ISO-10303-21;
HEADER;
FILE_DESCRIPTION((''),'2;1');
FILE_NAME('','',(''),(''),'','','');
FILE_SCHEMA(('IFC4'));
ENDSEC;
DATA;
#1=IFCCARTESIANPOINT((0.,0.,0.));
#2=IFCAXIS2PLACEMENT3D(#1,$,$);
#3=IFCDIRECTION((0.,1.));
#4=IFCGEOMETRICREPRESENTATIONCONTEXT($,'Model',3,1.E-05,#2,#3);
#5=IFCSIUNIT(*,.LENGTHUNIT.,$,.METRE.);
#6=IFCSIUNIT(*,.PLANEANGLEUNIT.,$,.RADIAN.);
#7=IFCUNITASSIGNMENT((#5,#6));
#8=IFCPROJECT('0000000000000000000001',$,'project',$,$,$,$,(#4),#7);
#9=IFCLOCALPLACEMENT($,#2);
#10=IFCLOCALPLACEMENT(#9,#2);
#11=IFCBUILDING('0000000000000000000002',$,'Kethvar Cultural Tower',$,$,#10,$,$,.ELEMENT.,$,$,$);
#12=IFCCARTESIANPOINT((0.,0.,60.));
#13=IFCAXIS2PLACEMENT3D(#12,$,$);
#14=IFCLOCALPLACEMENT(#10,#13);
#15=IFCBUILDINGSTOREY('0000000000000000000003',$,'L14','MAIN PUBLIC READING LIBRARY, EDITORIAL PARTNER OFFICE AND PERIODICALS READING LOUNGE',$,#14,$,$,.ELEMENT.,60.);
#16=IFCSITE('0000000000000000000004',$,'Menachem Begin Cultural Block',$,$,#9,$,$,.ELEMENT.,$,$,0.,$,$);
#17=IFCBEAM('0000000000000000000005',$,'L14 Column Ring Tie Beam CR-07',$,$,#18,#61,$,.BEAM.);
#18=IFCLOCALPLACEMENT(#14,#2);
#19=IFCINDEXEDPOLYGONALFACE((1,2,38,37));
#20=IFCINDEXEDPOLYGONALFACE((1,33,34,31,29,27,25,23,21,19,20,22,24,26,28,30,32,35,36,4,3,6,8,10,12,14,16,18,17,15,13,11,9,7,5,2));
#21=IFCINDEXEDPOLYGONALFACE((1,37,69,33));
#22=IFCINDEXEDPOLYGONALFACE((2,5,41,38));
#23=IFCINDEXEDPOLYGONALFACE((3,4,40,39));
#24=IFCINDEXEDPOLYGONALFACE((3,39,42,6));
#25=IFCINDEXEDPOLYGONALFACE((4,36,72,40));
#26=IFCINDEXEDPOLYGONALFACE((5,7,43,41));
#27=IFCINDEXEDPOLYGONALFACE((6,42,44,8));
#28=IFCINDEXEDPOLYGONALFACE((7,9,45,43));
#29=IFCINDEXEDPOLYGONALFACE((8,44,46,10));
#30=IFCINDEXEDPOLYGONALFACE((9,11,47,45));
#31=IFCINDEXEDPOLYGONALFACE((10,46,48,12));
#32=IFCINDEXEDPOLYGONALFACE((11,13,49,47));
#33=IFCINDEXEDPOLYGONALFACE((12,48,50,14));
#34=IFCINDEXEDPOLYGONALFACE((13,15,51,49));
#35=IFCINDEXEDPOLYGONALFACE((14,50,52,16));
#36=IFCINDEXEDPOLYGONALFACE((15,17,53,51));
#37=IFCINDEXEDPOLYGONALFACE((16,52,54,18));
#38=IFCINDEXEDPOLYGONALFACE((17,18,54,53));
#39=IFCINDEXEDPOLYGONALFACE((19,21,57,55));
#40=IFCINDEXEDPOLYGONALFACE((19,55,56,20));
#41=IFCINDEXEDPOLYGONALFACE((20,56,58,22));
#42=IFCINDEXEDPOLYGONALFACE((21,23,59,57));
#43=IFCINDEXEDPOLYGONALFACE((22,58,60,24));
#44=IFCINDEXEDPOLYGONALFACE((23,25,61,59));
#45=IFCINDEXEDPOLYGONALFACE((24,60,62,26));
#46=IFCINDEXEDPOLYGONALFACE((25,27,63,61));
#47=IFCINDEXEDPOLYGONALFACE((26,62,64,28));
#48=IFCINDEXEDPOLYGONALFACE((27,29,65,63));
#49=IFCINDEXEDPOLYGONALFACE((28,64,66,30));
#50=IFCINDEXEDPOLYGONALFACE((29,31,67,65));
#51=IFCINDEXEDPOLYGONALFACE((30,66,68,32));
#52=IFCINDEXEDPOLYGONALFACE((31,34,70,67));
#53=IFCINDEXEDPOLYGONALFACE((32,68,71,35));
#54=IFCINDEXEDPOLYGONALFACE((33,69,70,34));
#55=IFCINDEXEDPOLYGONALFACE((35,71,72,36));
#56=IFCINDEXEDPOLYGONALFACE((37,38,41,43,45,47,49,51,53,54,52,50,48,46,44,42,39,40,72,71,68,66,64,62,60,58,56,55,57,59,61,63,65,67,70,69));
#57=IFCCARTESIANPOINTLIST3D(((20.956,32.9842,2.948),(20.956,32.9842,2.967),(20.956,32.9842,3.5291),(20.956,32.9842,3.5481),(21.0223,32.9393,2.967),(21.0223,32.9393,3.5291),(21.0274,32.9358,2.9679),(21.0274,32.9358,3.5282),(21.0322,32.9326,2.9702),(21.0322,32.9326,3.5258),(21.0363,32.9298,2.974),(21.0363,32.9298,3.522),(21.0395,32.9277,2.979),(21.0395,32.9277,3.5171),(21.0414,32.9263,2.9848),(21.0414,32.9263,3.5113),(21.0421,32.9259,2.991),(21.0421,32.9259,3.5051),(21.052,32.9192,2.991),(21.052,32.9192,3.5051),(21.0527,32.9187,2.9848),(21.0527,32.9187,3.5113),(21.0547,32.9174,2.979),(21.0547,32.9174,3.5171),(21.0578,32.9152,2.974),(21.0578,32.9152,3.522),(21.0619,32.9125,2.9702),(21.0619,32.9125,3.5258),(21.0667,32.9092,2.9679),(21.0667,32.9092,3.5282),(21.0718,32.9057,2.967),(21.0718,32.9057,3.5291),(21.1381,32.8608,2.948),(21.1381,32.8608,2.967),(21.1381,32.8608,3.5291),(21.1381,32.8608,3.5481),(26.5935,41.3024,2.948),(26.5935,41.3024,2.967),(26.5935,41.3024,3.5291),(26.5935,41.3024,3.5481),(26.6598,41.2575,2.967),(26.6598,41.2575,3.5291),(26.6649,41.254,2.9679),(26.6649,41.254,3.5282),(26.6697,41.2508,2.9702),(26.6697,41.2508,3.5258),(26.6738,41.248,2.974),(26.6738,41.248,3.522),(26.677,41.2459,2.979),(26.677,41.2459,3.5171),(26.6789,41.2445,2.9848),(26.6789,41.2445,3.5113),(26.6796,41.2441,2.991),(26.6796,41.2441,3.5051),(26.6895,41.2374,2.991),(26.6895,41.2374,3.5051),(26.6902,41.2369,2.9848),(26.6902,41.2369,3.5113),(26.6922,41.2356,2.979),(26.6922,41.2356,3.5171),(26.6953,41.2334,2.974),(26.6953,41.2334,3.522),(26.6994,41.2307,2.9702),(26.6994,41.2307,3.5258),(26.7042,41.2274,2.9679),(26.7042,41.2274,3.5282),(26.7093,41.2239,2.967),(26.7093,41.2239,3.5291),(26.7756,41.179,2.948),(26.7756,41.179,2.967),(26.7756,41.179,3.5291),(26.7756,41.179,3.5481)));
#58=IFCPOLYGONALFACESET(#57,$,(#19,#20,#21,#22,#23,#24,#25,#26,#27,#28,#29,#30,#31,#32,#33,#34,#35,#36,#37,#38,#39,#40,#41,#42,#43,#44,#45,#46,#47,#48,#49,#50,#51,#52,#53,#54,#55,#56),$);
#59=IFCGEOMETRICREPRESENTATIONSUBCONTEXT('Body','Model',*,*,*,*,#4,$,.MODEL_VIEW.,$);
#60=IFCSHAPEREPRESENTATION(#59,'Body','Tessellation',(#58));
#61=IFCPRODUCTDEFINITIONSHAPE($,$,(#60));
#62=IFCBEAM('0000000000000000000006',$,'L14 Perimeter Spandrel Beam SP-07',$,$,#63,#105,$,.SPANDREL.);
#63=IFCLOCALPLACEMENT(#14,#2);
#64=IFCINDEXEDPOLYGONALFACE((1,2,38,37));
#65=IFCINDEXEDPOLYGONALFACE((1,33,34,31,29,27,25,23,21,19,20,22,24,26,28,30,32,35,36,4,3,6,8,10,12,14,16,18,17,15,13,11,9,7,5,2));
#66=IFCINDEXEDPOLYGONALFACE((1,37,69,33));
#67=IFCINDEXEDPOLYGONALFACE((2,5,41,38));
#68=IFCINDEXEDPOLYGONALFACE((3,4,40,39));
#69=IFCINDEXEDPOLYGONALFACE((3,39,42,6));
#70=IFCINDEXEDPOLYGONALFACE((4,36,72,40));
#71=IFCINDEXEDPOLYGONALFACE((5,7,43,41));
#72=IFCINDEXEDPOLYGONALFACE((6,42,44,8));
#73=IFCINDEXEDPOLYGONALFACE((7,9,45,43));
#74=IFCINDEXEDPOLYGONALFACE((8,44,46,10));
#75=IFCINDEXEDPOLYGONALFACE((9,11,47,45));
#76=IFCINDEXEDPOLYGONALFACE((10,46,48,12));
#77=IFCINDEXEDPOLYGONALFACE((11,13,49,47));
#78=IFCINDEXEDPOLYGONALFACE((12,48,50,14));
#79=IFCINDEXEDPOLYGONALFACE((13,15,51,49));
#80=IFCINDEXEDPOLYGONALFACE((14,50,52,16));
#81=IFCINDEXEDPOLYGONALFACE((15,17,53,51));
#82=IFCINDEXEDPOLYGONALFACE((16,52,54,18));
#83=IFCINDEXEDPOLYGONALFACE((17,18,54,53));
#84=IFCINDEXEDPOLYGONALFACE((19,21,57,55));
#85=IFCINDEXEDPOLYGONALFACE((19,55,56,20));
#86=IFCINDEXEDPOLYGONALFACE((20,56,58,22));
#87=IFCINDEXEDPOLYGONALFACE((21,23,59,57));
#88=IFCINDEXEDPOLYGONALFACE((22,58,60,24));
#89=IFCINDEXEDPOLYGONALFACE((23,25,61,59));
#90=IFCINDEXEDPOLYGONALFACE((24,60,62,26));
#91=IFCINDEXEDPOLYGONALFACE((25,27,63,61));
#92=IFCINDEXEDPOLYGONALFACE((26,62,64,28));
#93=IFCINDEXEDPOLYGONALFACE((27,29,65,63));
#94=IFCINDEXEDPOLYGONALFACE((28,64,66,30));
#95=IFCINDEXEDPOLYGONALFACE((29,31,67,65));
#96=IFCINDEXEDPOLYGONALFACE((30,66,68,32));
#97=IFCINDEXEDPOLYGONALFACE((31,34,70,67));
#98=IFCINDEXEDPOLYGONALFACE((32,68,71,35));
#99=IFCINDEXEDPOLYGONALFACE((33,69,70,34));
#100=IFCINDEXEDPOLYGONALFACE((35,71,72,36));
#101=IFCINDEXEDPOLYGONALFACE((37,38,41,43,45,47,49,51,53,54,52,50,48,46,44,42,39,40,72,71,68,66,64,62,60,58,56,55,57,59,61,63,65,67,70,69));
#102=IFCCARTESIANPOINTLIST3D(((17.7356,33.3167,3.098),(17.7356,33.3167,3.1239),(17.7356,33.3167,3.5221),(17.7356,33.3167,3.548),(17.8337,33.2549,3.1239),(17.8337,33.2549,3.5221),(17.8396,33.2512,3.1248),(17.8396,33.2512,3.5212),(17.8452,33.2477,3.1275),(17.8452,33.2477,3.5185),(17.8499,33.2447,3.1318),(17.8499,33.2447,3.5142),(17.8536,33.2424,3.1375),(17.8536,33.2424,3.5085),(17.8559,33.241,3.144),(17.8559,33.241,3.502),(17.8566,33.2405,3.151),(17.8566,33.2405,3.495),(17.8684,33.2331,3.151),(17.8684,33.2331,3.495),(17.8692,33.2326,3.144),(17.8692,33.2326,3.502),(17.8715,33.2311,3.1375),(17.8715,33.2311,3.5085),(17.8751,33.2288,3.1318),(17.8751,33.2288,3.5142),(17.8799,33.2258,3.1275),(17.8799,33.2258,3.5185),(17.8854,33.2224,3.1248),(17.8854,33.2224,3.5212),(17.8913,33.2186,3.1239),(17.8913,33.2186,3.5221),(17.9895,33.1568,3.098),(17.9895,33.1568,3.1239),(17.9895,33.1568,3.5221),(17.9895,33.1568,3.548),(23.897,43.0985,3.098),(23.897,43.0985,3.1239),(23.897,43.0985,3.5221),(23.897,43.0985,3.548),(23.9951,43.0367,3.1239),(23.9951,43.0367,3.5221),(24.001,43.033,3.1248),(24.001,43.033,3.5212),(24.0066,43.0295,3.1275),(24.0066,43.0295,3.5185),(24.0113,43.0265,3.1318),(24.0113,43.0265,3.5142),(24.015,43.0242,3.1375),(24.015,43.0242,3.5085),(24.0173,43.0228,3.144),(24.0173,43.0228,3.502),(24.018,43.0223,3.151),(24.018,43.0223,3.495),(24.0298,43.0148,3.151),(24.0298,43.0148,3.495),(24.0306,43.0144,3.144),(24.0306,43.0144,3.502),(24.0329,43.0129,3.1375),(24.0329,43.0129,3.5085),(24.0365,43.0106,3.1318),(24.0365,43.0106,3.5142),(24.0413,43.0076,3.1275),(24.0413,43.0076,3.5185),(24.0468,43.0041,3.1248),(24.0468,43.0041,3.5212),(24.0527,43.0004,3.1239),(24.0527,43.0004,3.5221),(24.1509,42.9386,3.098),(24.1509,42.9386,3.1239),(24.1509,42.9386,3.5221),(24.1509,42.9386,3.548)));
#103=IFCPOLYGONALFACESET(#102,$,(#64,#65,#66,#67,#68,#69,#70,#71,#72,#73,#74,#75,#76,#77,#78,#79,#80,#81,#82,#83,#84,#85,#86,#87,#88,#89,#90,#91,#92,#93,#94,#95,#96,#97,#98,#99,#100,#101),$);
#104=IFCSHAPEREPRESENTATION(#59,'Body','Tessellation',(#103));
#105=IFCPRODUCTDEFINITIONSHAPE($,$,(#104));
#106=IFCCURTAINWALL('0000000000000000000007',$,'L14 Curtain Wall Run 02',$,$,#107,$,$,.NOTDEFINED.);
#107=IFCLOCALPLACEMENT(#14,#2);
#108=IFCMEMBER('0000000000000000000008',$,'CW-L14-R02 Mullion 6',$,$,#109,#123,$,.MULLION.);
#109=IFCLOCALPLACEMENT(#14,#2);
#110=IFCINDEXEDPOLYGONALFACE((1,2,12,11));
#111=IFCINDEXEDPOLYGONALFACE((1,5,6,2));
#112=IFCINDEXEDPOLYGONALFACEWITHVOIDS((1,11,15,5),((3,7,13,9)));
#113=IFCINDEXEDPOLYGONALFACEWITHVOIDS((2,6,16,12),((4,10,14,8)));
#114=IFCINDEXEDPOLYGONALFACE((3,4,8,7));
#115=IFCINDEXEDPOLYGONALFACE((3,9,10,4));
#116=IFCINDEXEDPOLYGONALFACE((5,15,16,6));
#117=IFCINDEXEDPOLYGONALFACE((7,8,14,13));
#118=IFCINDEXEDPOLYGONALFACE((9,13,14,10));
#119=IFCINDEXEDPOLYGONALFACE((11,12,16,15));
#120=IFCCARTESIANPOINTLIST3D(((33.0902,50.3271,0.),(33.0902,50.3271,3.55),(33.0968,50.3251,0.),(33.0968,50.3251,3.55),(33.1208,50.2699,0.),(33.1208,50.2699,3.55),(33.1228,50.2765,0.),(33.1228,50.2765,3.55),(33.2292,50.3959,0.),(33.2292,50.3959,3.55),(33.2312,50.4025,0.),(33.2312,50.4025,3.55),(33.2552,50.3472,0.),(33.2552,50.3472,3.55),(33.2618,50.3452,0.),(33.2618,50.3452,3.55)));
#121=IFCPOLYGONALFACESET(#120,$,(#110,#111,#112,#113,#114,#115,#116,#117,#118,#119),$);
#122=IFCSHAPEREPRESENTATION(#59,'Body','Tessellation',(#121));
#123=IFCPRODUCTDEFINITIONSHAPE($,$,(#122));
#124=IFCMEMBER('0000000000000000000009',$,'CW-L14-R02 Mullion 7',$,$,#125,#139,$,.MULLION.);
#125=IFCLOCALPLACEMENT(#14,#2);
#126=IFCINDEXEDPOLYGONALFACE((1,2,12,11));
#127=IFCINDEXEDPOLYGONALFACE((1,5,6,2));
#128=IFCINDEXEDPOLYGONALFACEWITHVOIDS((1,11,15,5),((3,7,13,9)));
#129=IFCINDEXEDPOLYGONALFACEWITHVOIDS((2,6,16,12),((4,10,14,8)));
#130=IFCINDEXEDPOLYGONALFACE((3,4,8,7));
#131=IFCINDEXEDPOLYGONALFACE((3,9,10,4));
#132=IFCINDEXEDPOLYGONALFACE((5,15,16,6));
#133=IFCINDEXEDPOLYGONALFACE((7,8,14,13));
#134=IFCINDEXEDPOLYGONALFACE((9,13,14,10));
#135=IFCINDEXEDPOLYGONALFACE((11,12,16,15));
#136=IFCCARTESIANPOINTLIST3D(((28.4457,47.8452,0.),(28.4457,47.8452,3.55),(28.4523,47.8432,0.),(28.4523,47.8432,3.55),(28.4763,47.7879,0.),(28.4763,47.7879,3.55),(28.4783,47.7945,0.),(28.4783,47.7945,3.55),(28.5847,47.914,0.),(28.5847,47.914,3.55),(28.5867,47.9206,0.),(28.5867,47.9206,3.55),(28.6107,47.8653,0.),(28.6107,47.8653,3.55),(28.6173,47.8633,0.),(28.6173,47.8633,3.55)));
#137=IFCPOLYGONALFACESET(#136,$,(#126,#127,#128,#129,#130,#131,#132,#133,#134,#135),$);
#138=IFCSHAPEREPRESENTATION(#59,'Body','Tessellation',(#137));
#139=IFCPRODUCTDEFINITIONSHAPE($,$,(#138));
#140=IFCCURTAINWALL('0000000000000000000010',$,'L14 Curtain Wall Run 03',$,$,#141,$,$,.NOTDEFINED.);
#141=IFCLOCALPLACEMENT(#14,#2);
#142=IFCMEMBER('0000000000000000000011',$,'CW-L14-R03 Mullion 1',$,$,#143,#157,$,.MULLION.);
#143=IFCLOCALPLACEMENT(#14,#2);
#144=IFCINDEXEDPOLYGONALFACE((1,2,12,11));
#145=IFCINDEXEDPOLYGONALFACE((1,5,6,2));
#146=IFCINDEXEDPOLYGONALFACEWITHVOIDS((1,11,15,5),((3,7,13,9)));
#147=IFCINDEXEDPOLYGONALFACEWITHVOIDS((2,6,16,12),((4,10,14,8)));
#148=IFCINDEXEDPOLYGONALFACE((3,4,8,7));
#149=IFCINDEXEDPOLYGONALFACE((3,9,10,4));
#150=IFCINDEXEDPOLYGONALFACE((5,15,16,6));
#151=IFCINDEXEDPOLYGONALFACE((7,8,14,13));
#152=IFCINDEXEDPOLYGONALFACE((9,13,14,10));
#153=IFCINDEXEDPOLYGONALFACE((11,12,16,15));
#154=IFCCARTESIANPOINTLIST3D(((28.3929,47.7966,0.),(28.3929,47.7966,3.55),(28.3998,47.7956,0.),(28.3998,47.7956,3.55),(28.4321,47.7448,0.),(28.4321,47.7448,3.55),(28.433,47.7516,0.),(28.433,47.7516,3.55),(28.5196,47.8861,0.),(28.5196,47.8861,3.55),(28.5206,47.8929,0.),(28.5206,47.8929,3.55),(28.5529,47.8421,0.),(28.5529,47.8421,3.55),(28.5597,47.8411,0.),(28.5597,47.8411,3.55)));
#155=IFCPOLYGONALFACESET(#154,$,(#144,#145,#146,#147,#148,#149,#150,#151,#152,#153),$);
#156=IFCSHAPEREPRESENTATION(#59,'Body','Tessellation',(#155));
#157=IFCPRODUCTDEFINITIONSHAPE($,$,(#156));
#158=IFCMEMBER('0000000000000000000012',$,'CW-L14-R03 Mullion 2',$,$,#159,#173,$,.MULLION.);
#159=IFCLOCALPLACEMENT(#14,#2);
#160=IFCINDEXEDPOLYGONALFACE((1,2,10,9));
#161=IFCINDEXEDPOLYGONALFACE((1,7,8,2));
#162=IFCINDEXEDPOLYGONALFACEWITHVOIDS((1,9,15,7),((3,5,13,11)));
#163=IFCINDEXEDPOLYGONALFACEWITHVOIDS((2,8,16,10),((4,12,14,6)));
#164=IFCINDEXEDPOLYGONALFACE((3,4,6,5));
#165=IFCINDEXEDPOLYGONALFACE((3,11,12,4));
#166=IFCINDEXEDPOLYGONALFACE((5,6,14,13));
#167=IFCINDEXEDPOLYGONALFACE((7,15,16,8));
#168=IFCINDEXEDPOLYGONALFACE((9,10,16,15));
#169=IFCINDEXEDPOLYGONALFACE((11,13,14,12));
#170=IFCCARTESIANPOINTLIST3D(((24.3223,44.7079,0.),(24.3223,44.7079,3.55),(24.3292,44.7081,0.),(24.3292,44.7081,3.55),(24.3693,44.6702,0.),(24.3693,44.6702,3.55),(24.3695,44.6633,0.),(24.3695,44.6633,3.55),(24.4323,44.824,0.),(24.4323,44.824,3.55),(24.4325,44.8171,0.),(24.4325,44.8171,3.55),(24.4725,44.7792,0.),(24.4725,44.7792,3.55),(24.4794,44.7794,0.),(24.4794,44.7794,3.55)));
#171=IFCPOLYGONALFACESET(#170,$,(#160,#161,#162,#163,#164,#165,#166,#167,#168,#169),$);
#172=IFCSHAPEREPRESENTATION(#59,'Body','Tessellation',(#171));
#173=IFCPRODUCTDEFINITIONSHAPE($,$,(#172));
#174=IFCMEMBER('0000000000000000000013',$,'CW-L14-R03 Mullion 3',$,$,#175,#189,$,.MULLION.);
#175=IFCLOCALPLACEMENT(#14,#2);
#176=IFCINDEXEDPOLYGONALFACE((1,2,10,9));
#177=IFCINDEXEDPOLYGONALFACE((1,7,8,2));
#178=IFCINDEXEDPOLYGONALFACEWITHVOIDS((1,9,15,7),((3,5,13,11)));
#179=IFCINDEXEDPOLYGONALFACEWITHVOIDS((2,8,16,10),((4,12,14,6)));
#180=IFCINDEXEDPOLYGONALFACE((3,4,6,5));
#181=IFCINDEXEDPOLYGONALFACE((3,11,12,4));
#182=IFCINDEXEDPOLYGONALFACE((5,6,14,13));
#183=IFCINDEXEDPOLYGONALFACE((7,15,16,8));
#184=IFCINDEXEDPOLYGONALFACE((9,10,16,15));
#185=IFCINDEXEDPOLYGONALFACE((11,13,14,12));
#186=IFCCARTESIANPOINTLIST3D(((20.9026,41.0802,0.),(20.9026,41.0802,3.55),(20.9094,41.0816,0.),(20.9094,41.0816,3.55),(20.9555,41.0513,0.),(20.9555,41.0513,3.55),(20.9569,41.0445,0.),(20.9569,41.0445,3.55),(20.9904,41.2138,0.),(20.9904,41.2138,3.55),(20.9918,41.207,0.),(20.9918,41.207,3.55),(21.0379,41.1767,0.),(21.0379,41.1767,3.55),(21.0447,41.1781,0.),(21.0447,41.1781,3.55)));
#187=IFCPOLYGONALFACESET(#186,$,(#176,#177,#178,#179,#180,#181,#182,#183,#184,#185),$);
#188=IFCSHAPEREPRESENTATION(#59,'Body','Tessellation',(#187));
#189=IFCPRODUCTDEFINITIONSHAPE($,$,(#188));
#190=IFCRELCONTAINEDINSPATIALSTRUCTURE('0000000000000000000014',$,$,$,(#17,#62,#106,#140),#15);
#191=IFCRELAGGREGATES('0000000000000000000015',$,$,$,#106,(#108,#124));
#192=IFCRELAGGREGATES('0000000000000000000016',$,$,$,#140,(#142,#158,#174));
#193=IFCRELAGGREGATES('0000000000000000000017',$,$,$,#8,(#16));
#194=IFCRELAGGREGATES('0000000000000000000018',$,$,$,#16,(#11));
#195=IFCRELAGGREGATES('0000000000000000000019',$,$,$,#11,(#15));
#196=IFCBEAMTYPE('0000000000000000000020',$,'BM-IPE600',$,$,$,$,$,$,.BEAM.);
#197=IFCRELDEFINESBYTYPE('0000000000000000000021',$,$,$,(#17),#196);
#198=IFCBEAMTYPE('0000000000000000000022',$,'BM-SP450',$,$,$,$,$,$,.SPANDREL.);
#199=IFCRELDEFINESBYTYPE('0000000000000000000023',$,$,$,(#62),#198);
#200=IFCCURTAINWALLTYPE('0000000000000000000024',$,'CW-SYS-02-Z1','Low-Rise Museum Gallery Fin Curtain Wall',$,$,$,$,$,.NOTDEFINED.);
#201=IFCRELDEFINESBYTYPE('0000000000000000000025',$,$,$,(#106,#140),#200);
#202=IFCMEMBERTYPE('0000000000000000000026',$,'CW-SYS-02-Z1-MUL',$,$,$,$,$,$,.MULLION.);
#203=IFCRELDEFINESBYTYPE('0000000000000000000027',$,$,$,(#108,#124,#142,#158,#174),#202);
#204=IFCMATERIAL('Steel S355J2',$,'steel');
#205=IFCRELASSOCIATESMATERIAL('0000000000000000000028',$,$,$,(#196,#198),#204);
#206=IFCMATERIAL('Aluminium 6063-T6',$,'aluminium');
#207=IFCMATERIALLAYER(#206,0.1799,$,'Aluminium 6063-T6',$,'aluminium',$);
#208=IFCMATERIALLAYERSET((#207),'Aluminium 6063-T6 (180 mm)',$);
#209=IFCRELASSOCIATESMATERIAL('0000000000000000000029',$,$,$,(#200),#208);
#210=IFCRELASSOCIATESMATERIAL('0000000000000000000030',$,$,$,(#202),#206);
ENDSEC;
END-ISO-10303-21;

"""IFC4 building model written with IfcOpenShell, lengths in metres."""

from ifc_helpers import new_model, si_unit, direction, frame, origin, origin_2d, place, context, subcontext, project, spatial, hollow_rectangle, i_section, extrude, source, transform, mapped, material, layer, layer_set, material_profile, profile_set, type_object, element, aggregate, save


model = new_model("IFC4")

# Units and contexts
model_context = context("Model", 3, precision=1e-05, world=origin(), true_north=direction((0.0, 1.0)))
body_context = subcontext(model_context, "Body", "Model", "MODEL_VIEW")
ifc_project = project(units=[si_unit("LENGTHUNIT", "METRE"), si_unit("PLANEANGLEUNIT", "RADIAN")], contexts=[model_context])

# Site, building, storey
site_placement = place(None, origin())
site = spatial("IfcSite", under=ifc_project, at=site_placement, Name="Menachem Begin Cultural Block", CompositionType="ELEMENT", RefElevation=0.0)
building_placement = place(site_placement, origin())
building = spatial("IfcBuilding", under=site, at=building_placement, Name="Kethvar Cultural Tower", CompositionType="ELEMENT")
storey_placement = place(building_placement, frame((0.0, 0.0, 60.0)))
storey = spatial("IfcBuildingStorey", under=building, at=storey_placement, Name="L14", Description="MAIN PUBLIC READING LIBRARY, EDITORIAL PARTNER OFFICE AND PERIODICALS READING LOUNGE", CompositionType="ELEMENT", Elevation=60.0)

# Beams
ifc_material_1 = material(Name="Steel S355J2", Category="steel")
ifc_material_profile_1 = material_profile(ifc_material_1, i_section(OverallWidth=0.22, OverallDepth=0.6001, WebThickness=0.012, FlangeThickness=0.019, FilletRadius=0.0239, at=origin_2d()), Name="Steel S355J2 — IPE600")
ifc_profile_set_1 = profile_set([ifc_material_profile_1], Name="Steel S355J2 — IPE600")
beam_type_1 = type_object("IfcBeamType", Name="BM-IPE600", PredefinedType="BEAM", material=ifc_profile_set_1)
ifc_material_profile_2 = material_profile(ifc_material_1, i_section(OverallWidth=0.3, OverallDepth=0.45, WebThickness=0.0139, FlangeThickness=0.0259, FilletRadius=0.0271, at=origin_2d()), Name="Steel S355J2 — HEB450")
ifc_profile_set_2 = profile_set([ifc_material_profile_2], Name="Steel S355J2 — HEB450")
beam_type_2 = type_object("IfcBeamType", Name="BM-SP450", PredefinedType="SPANDREL", material=ifc_profile_set_2)
shared_shape_1 = source(origin(), body_context, "Body", "SweptSolid", [
    extrude(i_section(OverallWidth=0.22, OverallDepth=0.6001, WebThickness=0.012, FlangeThickness=0.019, FilletRadius=0.0239, at=origin_2d()), origin(), (0.0, 0.0, 1.0), 10.0486),
])
beam_1_placement = place(storey_placement, frame((26.6846, 41.2407, 3.248), z_axis=(-0.561025, -0.827799, 0.0), x_axis=(0.827799, -0.561025, 0.0)))
element("IfcBeam", 1, at=beam_1_placement, inside=storey, type_object=beam_type_1, Name="L14 Column Ring Tie Beam CR-07", PredefinedType="BEAM", context=body_context, shape_type="MappedRepresentation", body=[
    mapped(shared_shape_1, transform((0.0, 0.0, 0.0), scale=1.0)),
])
shared_shape_2 = source(origin(), body_context, "Body", "SweptSolid", [
    extrude(i_section(OverallWidth=0.3, OverallDepth=0.45, WebThickness=0.0139, FlangeThickness=0.0259, FilletRadius=0.0271, at=origin_2d()), origin(), (0.0, 0.0, 1.0), 11.5605),
])
beam_2_placement = place(storey_placement, frame((24.0239, 43.0186, 3.323), z_axis=(-0.532968, -0.846135, 0.0), x_axis=(0.846135, -0.532968, 0.0)))
element("IfcBeam", 2, at=beam_2_placement, inside=storey, type_object=beam_type_2, Name="L14 Perimeter Spandrel Beam SP-07", PredefinedType="SPANDREL", context=body_context, shape_type="MappedRepresentation", body=[
    mapped(shared_shape_2, transform((0.0, 0.0, 0.0), scale=1.0)),
])

# Curtain walls, members
ifc_material_2 = material(Name="Aluminium 6063-T6", Category="aluminium")
ifc_layer_1 = layer(ifc_material_2, 0.1799, Name="Aluminium 6063-T6", Category="aluminium")
ifc_layer_set_1 = layer_set([ifc_layer_1], Name="Aluminium 6063-T6 (180 mm)")
curtain_wall_type = type_object("IfcCurtainWallType", Name="CW-SYS-02-Z1", Description="Low-Rise Museum Gallery Fin Curtain Wall", PredefinedType="NOTDEFINED", material=ifc_layer_set_1)
curtain_wall_1_placement = place(storey_placement, origin())
curtain_wall_1 = element("IfcCurtainWall", 3, at=curtain_wall_1_placement, inside=storey, type_object=curtain_wall_type, Name="L14 Curtain Wall Run 02", PredefinedType="NOTDEFINED")
ifc_material_profile_3 = material_profile(ifc_material_2, hollow_rectangle(XDim=0.0649, YDim=0.1599, WallThickness=0.0049, at=origin_2d()), Name="Aluminium 6063-T6 — RHS160x65x5")
ifc_profile_set_3 = profile_set([ifc_material_profile_3], Name="Aluminium 6063-T6 — RHS160x65x5")
member_type_1 = type_object("IfcMemberType", Name="CW-SYS-02-Z1-MUL", PredefinedType="MULLION", material=ifc_profile_set_3)
shared_shape_3 = source(origin(), body_context, "Body", "SweptSolid", [
    extrude(hollow_rectangle(XDim=0.0649, YDim=0.1599, WallThickness=0.0049, at=origin_2d()), origin(), (0.0, 0.0, 1.0), 3.55),
])
member_1_placement = place(storey_placement, frame((33.176, 50.3362, 0.0), z_axis=(0.0, 0.0, 1.0), x_axis=(0.47132, -0.881962, 0.0)))
member_1 = element("IfcMember", 4, at=member_1_placement, type_object=member_type_1, Name="CW-L14-R02 Mullion 6", PredefinedType="MULLION", context=body_context, shape_type="MappedRepresentation", body=[
    mapped(shared_shape_3, transform((0.0, 0.0, 0.0), scale=1.0)),
])
member_2_placement = place(storey_placement, frame((28.5315, 47.8542, 0.0), z_axis=(0.0, 0.0, 1.0), x_axis=(0.47132, -0.881962, 0.0)))
member_2 = element("IfcMember", 5, at=member_2_placement, type_object=member_type_1, Name="CW-L14-R02 Mullion 7", PredefinedType="MULLION", context=body_context, shape_type="MappedRepresentation", body=[
    mapped(shared_shape_3, transform((0.0, 0.0, 0.0), scale=1.0)),
])
curtain_wall_2_placement = place(storey_placement, origin())
curtain_wall_2 = element("IfcCurtainWall", 6, at=curtain_wall_2_placement, inside=storey, type_object=curtain_wall_type, Name="L14 Curtain Wall Run 03", PredefinedType="NOTDEFINED")
member_3_placement = place(storey_placement, frame((28.4763, 47.8188, 0.0), z_axis=(0.0, 0.0, 1.0), x_axis=(0.602595, -0.798047, 0.0)))
member_3 = element("IfcMember", 7, at=member_3_placement, type_object=member_type_1, Name="CW-L14-R03 Mullion 1", PredefinedType="MULLION", context=body_context, shape_type="MappedRepresentation", body=[
    mapped(shared_shape_3, transform((0.0, 0.0, 0.0), scale=1.0)),
])
member_4_placement = place(storey_placement, frame((24.4009, 44.7437, 0.0), z_axis=(0.0, 0.0, 1.0), x_axis=(0.725903, -0.687797, 0.0)))
member_4 = element("IfcMember", 8, at=member_4_placement, type_object=member_type_1, Name="CW-L14-R03 Mullion 2", PredefinedType="MULLION", context=body_context, shape_type="MappedRepresentation", body=[
    mapped(shared_shape_3, transform((0.0, 0.0, 0.0), scale=1.0)),
])
member_5_placement = place(storey_placement, frame((20.9736, 41.1292, 0.0), z_axis=(0.0, 0.0, 1.0), x_axis=(0.835798, -0.549037, 0.0)))
member_5 = element("IfcMember", 9, at=member_5_placement, type_object=member_type_1, Name="CW-L14-R03 Mullion 3", PredefinedType="MULLION", context=body_context, shape_type="MappedRepresentation", body=[
    mapped(shared_shape_3, transform((0.0, 0.0, 0.0), scale=1.0)),
])

aggregate(curtain_wall_1, [member_1, member_2])
aggregate(curtain_wall_2, [member_3, member_4, member_5])

save(model, "model.ifc")
